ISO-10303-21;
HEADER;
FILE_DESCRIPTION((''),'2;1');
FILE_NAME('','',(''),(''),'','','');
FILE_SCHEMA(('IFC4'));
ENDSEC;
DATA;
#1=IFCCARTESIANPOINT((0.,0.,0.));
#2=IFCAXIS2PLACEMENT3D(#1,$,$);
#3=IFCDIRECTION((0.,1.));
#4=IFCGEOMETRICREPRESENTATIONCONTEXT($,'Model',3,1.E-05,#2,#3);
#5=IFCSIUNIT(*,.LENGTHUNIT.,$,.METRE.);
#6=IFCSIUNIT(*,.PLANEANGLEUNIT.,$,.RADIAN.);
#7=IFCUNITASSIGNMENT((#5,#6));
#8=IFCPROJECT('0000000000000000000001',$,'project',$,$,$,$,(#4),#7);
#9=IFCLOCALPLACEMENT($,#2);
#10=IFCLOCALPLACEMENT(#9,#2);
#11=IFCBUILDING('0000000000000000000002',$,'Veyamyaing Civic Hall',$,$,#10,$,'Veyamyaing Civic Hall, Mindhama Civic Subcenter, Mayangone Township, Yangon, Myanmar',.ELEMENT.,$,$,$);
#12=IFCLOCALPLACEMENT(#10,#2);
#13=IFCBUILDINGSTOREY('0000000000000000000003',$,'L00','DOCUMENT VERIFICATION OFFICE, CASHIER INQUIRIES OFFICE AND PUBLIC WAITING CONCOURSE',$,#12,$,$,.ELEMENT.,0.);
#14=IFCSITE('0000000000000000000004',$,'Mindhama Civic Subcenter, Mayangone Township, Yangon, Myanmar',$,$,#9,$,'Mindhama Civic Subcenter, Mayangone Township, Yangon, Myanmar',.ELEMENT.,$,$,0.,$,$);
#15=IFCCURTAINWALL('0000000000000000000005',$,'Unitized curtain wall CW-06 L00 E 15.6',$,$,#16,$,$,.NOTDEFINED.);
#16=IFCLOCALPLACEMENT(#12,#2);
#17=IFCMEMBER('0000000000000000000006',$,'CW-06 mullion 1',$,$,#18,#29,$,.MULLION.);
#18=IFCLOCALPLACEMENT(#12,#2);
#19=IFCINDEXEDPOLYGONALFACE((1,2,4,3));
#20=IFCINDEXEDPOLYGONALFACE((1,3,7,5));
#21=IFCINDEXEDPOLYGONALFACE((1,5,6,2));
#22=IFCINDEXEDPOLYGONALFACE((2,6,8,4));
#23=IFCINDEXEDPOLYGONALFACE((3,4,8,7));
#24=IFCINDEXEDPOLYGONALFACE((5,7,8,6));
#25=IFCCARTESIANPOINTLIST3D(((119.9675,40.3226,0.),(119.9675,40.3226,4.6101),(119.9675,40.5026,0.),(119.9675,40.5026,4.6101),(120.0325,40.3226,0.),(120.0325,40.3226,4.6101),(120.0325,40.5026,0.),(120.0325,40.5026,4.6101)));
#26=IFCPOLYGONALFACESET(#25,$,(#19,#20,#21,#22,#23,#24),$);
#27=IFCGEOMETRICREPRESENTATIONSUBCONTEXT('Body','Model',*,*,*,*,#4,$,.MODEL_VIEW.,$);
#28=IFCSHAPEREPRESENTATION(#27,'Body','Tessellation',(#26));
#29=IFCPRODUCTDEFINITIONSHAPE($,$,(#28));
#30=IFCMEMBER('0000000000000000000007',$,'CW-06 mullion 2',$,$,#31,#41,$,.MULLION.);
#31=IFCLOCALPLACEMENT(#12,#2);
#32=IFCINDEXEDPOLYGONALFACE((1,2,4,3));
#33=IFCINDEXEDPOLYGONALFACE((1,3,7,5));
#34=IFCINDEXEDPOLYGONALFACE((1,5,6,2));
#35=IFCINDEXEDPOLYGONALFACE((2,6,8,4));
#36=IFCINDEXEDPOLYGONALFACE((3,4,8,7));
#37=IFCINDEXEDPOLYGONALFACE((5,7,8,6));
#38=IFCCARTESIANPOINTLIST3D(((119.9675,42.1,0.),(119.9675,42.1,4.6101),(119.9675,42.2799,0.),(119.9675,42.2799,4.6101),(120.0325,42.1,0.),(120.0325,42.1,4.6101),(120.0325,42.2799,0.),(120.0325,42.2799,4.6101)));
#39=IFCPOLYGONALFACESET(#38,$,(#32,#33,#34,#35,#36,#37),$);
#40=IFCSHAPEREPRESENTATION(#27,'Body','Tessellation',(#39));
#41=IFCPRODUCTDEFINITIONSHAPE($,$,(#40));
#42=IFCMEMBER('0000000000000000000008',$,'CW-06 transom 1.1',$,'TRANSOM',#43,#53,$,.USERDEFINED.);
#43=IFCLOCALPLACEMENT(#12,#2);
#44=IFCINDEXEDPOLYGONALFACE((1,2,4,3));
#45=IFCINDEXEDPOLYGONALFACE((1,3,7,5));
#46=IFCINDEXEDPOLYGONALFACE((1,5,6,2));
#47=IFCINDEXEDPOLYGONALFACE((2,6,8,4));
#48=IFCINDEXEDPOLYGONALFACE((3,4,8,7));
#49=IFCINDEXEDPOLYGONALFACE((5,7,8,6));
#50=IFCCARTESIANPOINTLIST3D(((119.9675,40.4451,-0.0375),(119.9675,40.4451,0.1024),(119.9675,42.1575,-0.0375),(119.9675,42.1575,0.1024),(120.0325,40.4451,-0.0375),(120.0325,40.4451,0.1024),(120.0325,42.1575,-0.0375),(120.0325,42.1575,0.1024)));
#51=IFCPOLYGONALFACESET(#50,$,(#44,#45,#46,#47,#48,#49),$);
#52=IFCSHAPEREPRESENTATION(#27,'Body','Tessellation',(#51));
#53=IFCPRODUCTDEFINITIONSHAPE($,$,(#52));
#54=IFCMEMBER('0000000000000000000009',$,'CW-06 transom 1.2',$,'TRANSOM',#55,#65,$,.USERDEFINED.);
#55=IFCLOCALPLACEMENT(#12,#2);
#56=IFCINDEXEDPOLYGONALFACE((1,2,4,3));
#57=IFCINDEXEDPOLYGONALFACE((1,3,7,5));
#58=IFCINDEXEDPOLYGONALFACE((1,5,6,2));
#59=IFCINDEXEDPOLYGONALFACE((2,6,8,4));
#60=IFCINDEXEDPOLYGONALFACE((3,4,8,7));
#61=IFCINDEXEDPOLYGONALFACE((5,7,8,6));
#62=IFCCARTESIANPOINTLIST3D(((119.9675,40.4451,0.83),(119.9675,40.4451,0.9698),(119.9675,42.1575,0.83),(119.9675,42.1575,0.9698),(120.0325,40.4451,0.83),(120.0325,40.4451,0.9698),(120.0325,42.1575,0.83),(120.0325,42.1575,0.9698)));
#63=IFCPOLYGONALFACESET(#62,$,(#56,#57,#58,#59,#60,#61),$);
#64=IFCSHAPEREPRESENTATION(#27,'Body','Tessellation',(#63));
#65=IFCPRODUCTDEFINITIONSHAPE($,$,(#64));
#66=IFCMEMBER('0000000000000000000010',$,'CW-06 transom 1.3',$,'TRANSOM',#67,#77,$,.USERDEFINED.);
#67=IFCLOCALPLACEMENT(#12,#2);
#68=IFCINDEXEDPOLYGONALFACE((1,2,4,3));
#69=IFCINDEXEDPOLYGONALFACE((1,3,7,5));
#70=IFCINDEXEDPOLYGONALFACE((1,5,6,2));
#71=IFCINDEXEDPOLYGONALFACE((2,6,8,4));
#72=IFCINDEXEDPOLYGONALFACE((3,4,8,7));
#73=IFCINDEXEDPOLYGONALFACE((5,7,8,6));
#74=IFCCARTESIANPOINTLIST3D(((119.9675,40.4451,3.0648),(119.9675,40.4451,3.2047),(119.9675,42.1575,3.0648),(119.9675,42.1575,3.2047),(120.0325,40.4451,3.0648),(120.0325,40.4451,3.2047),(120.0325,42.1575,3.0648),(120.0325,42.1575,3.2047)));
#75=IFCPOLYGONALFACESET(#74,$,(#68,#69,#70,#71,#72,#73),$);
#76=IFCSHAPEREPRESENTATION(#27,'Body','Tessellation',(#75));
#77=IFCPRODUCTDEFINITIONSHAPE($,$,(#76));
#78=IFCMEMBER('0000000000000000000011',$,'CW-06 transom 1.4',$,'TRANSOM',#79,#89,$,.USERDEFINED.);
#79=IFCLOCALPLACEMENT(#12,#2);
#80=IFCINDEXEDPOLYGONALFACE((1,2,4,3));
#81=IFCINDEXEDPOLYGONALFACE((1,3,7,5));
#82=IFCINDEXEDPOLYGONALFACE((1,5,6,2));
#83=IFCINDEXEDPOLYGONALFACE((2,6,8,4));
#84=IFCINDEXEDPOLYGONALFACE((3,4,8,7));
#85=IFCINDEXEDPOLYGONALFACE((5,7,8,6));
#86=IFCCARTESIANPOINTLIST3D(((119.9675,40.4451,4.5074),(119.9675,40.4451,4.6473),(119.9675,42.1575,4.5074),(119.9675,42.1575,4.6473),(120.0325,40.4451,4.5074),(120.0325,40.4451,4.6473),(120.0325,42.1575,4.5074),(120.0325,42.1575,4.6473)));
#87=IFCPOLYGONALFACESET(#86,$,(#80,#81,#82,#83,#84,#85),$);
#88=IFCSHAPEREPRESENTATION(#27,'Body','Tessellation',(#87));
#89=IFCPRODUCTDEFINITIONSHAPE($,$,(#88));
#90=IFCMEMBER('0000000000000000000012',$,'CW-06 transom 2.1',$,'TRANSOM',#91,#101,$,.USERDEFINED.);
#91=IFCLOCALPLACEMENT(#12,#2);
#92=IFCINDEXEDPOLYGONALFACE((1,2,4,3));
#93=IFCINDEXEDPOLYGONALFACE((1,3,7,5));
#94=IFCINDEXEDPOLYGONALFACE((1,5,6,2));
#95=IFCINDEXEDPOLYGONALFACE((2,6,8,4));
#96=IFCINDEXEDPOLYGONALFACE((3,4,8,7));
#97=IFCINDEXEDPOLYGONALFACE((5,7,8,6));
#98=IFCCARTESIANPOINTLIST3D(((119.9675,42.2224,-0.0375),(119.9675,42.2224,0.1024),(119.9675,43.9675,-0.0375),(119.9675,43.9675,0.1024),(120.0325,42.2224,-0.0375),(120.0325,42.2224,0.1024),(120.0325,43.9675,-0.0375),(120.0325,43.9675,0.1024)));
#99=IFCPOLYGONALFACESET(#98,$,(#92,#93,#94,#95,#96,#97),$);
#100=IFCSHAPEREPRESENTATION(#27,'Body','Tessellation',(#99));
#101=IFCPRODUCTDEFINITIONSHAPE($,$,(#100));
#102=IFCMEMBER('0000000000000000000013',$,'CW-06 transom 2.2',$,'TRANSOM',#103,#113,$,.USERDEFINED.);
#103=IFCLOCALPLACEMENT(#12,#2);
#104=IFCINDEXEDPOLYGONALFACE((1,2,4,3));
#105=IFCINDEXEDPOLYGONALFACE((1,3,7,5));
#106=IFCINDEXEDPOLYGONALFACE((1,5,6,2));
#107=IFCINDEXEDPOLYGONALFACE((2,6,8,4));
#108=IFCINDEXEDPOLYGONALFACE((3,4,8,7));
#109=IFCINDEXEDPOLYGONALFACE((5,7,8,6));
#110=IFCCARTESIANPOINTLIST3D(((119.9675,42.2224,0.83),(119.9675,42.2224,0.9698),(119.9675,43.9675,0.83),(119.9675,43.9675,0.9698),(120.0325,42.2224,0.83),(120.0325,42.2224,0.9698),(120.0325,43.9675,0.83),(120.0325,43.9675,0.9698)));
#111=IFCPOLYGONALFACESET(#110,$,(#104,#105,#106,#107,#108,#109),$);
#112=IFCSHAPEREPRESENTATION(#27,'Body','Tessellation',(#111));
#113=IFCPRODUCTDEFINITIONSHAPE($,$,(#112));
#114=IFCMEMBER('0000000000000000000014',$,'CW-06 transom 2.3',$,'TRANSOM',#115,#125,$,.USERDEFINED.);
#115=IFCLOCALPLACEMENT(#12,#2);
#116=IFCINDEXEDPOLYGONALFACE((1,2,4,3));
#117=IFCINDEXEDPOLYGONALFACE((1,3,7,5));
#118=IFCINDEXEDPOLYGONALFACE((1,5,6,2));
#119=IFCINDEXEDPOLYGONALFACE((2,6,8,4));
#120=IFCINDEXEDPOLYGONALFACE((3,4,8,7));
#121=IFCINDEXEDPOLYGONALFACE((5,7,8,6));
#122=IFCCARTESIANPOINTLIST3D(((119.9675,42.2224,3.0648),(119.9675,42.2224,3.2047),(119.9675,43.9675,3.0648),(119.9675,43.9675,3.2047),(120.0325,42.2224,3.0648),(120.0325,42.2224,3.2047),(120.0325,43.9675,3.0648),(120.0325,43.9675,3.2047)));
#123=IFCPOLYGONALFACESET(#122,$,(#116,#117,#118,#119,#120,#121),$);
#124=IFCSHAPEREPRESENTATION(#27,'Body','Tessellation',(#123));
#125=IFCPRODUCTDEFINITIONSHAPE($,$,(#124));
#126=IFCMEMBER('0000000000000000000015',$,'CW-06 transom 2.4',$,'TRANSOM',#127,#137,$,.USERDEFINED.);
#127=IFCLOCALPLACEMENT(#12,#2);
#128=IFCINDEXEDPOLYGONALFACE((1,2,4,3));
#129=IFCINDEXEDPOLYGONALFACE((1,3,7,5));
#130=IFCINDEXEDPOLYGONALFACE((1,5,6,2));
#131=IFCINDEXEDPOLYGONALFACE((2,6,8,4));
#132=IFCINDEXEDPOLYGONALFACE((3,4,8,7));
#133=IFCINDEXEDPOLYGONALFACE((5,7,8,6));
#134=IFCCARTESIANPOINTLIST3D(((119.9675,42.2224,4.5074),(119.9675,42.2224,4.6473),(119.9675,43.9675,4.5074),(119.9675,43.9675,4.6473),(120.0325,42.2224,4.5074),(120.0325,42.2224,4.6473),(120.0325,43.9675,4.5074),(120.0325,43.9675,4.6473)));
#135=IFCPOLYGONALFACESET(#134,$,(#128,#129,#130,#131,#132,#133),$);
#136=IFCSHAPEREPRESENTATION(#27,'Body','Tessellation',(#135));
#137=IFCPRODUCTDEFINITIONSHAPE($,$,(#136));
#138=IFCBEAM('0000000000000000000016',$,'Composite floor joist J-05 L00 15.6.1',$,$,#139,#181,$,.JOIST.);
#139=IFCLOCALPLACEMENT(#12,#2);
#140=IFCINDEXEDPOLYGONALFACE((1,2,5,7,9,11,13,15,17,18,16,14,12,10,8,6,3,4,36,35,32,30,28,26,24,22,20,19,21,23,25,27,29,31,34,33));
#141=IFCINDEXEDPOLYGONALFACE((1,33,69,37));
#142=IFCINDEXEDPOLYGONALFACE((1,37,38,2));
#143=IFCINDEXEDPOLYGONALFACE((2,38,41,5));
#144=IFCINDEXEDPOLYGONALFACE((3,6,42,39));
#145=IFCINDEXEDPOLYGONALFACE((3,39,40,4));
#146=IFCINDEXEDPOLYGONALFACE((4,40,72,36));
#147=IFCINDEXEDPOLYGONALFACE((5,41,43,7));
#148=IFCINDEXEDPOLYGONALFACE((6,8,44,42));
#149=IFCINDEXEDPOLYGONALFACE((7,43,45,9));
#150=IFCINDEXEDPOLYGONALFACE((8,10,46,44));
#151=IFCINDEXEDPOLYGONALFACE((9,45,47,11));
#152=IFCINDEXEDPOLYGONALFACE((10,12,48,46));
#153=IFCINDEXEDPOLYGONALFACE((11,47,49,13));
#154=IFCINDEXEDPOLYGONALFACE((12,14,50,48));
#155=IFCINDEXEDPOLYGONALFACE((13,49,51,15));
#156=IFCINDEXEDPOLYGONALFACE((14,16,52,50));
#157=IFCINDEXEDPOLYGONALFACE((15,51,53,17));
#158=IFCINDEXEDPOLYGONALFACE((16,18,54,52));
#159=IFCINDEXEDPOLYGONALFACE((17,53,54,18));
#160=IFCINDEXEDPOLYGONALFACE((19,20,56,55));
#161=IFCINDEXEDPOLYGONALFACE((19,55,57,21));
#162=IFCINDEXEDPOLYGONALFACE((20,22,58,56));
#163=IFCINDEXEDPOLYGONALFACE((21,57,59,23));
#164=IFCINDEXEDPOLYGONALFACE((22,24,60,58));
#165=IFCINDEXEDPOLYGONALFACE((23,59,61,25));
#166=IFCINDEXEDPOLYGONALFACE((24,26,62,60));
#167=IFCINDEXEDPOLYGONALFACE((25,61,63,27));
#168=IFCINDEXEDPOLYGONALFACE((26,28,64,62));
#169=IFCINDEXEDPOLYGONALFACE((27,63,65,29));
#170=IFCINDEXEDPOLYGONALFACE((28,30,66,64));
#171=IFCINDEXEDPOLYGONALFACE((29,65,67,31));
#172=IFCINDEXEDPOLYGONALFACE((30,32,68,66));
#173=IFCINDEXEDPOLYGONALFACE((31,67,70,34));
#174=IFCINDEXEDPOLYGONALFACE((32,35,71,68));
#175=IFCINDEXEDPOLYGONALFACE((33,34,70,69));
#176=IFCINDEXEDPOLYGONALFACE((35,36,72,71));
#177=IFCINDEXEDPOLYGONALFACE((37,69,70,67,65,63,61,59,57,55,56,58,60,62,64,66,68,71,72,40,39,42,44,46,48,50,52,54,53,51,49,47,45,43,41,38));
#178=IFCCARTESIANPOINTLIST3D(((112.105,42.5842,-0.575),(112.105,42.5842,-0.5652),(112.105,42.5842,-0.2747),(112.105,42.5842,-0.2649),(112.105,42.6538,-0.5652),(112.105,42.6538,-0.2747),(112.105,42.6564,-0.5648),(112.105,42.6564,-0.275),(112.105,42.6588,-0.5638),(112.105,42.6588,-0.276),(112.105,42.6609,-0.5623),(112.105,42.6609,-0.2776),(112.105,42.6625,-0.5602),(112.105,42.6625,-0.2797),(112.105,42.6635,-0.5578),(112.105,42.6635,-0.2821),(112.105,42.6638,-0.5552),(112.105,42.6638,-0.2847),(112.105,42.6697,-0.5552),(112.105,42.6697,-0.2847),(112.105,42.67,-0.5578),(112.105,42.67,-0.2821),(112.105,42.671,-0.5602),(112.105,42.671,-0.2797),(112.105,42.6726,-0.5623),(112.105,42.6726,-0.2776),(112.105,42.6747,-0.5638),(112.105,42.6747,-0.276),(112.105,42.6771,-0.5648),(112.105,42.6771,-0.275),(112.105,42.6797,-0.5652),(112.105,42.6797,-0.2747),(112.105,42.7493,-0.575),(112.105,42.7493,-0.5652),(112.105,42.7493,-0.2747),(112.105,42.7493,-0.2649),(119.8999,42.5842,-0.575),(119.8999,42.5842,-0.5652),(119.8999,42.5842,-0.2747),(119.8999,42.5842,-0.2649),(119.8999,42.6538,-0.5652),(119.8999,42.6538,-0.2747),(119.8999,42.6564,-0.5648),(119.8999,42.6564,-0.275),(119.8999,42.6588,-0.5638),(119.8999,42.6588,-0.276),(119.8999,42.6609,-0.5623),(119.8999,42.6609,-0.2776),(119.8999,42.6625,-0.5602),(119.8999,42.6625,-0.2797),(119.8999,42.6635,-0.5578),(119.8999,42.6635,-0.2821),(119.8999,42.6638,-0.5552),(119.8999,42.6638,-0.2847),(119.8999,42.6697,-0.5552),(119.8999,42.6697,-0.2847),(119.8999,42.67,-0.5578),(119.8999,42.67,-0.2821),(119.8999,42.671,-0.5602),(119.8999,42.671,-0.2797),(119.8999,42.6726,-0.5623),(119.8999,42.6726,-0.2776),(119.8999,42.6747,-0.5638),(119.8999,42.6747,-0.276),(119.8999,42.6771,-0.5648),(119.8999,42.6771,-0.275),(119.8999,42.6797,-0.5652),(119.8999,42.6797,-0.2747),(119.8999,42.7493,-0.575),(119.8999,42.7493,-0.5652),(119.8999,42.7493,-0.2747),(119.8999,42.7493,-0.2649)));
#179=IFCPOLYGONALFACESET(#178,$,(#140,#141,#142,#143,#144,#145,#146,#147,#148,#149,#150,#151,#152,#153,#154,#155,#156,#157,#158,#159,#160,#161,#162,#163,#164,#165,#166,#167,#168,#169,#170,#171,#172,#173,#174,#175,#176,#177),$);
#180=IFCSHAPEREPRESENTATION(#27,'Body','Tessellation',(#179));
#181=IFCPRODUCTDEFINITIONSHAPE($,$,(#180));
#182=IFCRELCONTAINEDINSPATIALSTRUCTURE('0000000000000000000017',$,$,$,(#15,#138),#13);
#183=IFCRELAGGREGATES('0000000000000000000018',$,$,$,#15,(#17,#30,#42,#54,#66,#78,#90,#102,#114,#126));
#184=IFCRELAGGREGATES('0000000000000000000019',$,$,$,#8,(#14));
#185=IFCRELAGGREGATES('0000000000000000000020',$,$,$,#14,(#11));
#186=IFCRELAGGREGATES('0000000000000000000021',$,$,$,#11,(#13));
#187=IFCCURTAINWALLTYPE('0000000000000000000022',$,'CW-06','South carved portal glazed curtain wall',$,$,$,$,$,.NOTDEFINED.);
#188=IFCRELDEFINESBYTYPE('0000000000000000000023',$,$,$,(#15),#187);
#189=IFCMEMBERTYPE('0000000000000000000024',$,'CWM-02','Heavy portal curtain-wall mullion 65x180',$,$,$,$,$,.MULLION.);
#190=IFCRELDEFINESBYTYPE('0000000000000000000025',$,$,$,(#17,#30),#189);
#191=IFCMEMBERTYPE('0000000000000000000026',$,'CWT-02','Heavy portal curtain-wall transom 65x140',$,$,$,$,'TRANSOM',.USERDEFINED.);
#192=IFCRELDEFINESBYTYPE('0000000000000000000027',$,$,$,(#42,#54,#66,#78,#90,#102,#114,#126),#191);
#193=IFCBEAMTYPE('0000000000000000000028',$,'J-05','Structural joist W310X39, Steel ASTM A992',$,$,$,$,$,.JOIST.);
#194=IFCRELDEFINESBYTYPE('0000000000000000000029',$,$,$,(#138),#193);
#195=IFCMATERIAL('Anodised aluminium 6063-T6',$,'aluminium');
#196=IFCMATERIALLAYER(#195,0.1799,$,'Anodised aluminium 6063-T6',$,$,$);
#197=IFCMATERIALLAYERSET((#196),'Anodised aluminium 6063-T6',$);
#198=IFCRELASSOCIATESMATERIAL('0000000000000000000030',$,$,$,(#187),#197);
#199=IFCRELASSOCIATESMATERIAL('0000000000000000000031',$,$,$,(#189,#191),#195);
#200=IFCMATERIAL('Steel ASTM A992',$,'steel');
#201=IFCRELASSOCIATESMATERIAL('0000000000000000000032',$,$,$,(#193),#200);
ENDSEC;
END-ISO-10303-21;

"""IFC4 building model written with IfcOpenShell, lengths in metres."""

from ifc_helpers import new_model, si_unit, direction, frame, origin, origin_2d, place, context, subcontext, project, spatial, rectangle, i_section, extrude, material, layer, layer_set, material_profile, profile_set, type_object, element, aggregate, save


model = new_model("IFC4")

# Units and contexts
model_context = context("Model", 3, precision=1e-05, world=origin(), true_north=direction((0.0, 1.0)))
body_context = subcontext(model_context, "Body", "Model", "MODEL_VIEW")
ifc_project = project(units=[si_unit("LENGTHUNIT", "METRE"), si_unit("PLANEANGLEUNIT", "RADIAN")], contexts=[model_context])

# Site, building, storey
site_placement = place(None, origin())
site = spatial("IfcSite", under=ifc_project, at=site_placement, Name="Mindhama Civic Subcenter, Mayangone Township, Yangon, Myanmar", LongName="Mindhama Civic Subcenter, Mayangone Township, Yangon, Myanmar", CompositionType="ELEMENT", RefElevation=0.0)
building_placement = place(site_placement, origin())
building = spatial("IfcBuilding", under=site, at=building_placement, Name="Veyamyaing Civic Hall", LongName="Veyamyaing Civic Hall, Mindhama Civic Subcenter, Mayangone Township, Yangon, Myanmar", CompositionType="ELEMENT")
storey_placement = place(building_placement, origin())
storey = spatial("IfcBuildingStorey", under=building, at=storey_placement, Name="L00", Description="DOCUMENT VERIFICATION OFFICE, CASHIER INQUIRIES OFFICE AND PUBLIC WAITING CONCOURSE", CompositionType="ELEMENT", Elevation=0.0)

# Curtain wall, members
ifc_material_1 = material(Name="Anodised aluminium 6063-T6", Category="aluminium")
ifc_layer_1 = layer(ifc_material_1, 0.1799, Name="Anodised aluminium 6063-T6")
ifc_layer_set_1 = layer_set([ifc_layer_1], Name="Anodised aluminium 6063-T6")
curtain_wall_type = type_object("IfcCurtainWallType", Name="CW-06", Description="South carved portal glazed curtain wall", PredefinedType="NOTDEFINED", material=ifc_layer_set_1)
curtain_wall_placement = place(storey_placement, origin())
curtain_wall = element("IfcCurtainWall", 1, at=curtain_wall_placement, inside=storey, type_object=curtain_wall_type, Name="Unitized curtain wall CW-06 L00 E 15.6", PredefinedType="NOTDEFINED")
ifc_material_profile_1 = material_profile(ifc_material_1, rectangle(XDim=0.0649, YDim=0.1799, at=origin_2d()), Name="ALU-MUL-65X180")
ifc_profile_set_1 = profile_set([ifc_material_profile_1], Name="Anodised aluminium 6063-T6")
member_type_1 = type_object("IfcMemberType", Name="CWM-02", Description="Heavy portal curtain-wall mullion 65x180", PredefinedType="MULLION", material=ifc_profile_set_1)
member_1_placement = place(storey_placement, frame((120.0, 40.4126, 0.0), z_axis=(0.0, 0.0, 1.0), x_axis=(-1.0, 0.0, 0.0)))
member_1 = element("IfcMember", 2, at=member_1_placement, type_object=member_type_1, Name="CW-06 mullion 1", PredefinedType="MULLION", context=body_context, shape_type="SweptSolid", body=[
    extrude(rectangle(XDim=0.0649, YDim=0.1799, at=origin_2d()), origin(), (0.0, 0.0, 1.0), 4.6101),
])
member_2_placement = place(storey_placement, frame((120.0, 42.1899, 0.0), z_axis=(0.0, 0.0, 1.0), x_axis=(-1.0, 0.0, 0.0)))
member_2 = element("IfcMember", 3, at=member_2_placement, type_object=member_type_1, Name="CW-06 mullion 2", PredefinedType="MULLION", context=body_context, shape_type="SweptSolid", body=[
    extrude(rectangle(XDim=0.0649, YDim=0.1799, at=origin_2d()), origin(), (0.0, 0.0, 1.0), 4.6101),
])
ifc_material_profile_2 = material_profile(ifc_material_1, rectangle(XDim=0.0649, YDim=0.1399, at=origin_2d()), Name="ALU-TRN-65X140")
ifc_profile_set_2 = profile_set([ifc_material_profile_2], Name="Anodised aluminium 6063-T6")
member_type_2 = type_object("IfcMemberType", Name="CWT-02", Description="Heavy portal curtain-wall transom 65x140", ElementType="TRANSOM", PredefinedType="USERDEFINED", material=ifc_profile_set_2)
member_3_placement = place(storey_placement, frame((120.0, 40.4451, 0.0325), z_axis=(0.0, 1.0, 0.0), x_axis=(-1.0, 0.0, 0.0)))
member_3 = element("IfcMember", 4, at=member_3_placement, type_object=member_type_2, Name="CW-06 transom 1.1", ObjectType="TRANSOM", PredefinedType="USERDEFINED", context=body_context, shape_type="SweptSolid", body=[
    extrude(rectangle(XDim=0.0649, YDim=0.1399, at=origin_2d()), origin(), (0.0, 0.0, 1.0), 1.7124),
])
member_4_placement = place(storey_placement, frame((120.0, 40.4451, 0.8999), z_axis=(0.0, 1.0, 0.0), x_axis=(-1.0, 0.0, 0.0)))
member_4 = element("IfcMember", 5, at=member_4_placement, type_object=member_type_2, Name="CW-06 transom 1.2", ObjectType="TRANSOM", PredefinedType="USERDEFINED", context=body_context, shape_type="SweptSolid", body=[
    extrude(rectangle(XDim=0.0649, YDim=0.1399, at=origin_2d()), origin(), (0.0, 0.0, 1.0), 1.7124),
])
member_5_placement = place(storey_placement, frame((120.0, 40.4451, 3.1348), z_axis=(0.0, 1.0, 0.0), x_axis=(-1.0, 0.0, 0.0)))
member_5 = element("IfcMember", 6, at=member_5_placement, type_object=member_type_2, Name="CW-06 transom 1.3", ObjectType="TRANSOM", PredefinedType="USERDEFINED", context=body_context, shape_type="SweptSolid", body=[
    extrude(rectangle(XDim=0.0649, YDim=0.1399, at=origin_2d()), origin(), (0.0, 0.0, 1.0), 1.7124),
])
member_6_placement = place(storey_placement, frame((120.0, 40.4451, 4.5774), z_axis=(0.0, 1.0, 0.0), x_axis=(-1.0, 0.0, 0.0)))
member_6 = element("IfcMember", 7, at=member_6_placement, type_object=member_type_2, Name="CW-06 transom 1.4", ObjectType="TRANSOM", PredefinedType="USERDEFINED", context=body_context, shape_type="SweptSolid", body=[
    extrude(rectangle(XDim=0.0649, YDim=0.1399, at=origin_2d()), origin(), (0.0, 0.0, 1.0), 1.7124),
])
member_7_placement = place(storey_placement, frame((120.0, 42.2224, 0.0325), z_axis=(0.0, 1.0, 0.0), x_axis=(-1.0, 0.0, 0.0)))
member_7 = element("IfcMember", 8, at=member_7_placement, type_object=member_type_2, Name="CW-06 transom 2.1", ObjectType="TRANSOM", PredefinedType="USERDEFINED", context=body_context, shape_type="SweptSolid", body=[
    extrude(rectangle(XDim=0.0649, YDim=0.1399, at=origin_2d()), origin(), (0.0, 0.0, 1.0), 1.7451),
])
member_8_placement = place(storey_placement, frame((120.0, 42.2224, 0.8999), z_axis=(0.0, 1.0, 0.0), x_axis=(-1.0, 0.0, 0.0)))
member_8 = element("IfcMember", 9, at=member_8_placement, type_object=member_type_2, Name="CW-06 transom 2.2", ObjectType="TRANSOM", PredefinedType="USERDEFINED", context=body_context, shape_type="SweptSolid", body=[
    extrude(rectangle(XDim=0.0649, YDim=0.1399, at=origin_2d()), origin(), (0.0, 0.0, 1.0), 1.7451),
])
member_9_placement = place(storey_placement, frame((120.0, 42.2224, 3.1348), z_axis=(0.0, 1.0, 0.0), x_axis=(-1.0, 0.0, 0.0)))
member_9 = element("IfcMember", 10, at=member_9_placement, type_object=member_type_2, Name="CW-06 transom 2.3", ObjectType="TRANSOM", PredefinedType="USERDEFINED", context=body_context, shape_type="SweptSolid", body=[
    extrude(rectangle(XDim=0.0649, YDim=0.1399, at=origin_2d()), origin(), (0.0, 0.0, 1.0), 1.7451),
])
member_10_placement = place(storey_placement, frame((120.0, 42.2224, 4.5774), z_axis=(0.0, 1.0, 0.0), x_axis=(-1.0, 0.0, 0.0)))
member_10 = element("IfcMember", 11, at=member_10_placement, type_object=member_type_2, Name="CW-06 transom 2.4", ObjectType="TRANSOM", PredefinedType="USERDEFINED", context=body_context, shape_type="SweptSolid", body=[
    extrude(rectangle(XDim=0.0649, YDim=0.1399, at=origin_2d()), origin(), (0.0, 0.0, 1.0), 1.7451),
])

# Beam
ifc_material_2 = material(Name="Steel ASTM A992", Category="steel")
ifc_material_profile_3 = material_profile(ifc_material_2, i_section(OverallWidth=0.165, OverallDepth=0.3101, WebThickness=0.0059, FlangeThickness=0.0098, FilletRadius=0.01, at=origin_2d()), Name="W310X39")
ifc_profile_set_3 = profile_set([ifc_material_profile_3], Name="Steel ASTM A992")
beam_type = type_object("IfcBeamType", Name="J-05", Description="Structural joist W310X39, Steel ASTM A992", PredefinedType="JOIST", material=ifc_profile_set_3)
beam_placement = place(storey_placement, frame((112.105, 42.6667, -0.4199), z_axis=(1.0, 0.0, 0.0), x_axis=(0.0, 1.0, 0.0)))
element("IfcBeam", 12, at=beam_placement, inside=storey, type_object=beam_type, Name="Composite floor joist J-05 L00 15.6.1", PredefinedType="JOIST", context=body_context, shape_type="SweptSolid", body=[
    extrude(i_section(OverallWidth=0.165, OverallDepth=0.3101, WebThickness=0.0059, FlangeThickness=0.0098, FilletRadius=0.01, at=origin_2d()), origin(), (0.0, 0.0, 1.0), 7.7949),
])

aggregate(curtain_wall, [member_1, member_2, member_3, member_4, member_5, member_6, member_7, member_8, member_9, member_10])

save(model, "model.ifc")
